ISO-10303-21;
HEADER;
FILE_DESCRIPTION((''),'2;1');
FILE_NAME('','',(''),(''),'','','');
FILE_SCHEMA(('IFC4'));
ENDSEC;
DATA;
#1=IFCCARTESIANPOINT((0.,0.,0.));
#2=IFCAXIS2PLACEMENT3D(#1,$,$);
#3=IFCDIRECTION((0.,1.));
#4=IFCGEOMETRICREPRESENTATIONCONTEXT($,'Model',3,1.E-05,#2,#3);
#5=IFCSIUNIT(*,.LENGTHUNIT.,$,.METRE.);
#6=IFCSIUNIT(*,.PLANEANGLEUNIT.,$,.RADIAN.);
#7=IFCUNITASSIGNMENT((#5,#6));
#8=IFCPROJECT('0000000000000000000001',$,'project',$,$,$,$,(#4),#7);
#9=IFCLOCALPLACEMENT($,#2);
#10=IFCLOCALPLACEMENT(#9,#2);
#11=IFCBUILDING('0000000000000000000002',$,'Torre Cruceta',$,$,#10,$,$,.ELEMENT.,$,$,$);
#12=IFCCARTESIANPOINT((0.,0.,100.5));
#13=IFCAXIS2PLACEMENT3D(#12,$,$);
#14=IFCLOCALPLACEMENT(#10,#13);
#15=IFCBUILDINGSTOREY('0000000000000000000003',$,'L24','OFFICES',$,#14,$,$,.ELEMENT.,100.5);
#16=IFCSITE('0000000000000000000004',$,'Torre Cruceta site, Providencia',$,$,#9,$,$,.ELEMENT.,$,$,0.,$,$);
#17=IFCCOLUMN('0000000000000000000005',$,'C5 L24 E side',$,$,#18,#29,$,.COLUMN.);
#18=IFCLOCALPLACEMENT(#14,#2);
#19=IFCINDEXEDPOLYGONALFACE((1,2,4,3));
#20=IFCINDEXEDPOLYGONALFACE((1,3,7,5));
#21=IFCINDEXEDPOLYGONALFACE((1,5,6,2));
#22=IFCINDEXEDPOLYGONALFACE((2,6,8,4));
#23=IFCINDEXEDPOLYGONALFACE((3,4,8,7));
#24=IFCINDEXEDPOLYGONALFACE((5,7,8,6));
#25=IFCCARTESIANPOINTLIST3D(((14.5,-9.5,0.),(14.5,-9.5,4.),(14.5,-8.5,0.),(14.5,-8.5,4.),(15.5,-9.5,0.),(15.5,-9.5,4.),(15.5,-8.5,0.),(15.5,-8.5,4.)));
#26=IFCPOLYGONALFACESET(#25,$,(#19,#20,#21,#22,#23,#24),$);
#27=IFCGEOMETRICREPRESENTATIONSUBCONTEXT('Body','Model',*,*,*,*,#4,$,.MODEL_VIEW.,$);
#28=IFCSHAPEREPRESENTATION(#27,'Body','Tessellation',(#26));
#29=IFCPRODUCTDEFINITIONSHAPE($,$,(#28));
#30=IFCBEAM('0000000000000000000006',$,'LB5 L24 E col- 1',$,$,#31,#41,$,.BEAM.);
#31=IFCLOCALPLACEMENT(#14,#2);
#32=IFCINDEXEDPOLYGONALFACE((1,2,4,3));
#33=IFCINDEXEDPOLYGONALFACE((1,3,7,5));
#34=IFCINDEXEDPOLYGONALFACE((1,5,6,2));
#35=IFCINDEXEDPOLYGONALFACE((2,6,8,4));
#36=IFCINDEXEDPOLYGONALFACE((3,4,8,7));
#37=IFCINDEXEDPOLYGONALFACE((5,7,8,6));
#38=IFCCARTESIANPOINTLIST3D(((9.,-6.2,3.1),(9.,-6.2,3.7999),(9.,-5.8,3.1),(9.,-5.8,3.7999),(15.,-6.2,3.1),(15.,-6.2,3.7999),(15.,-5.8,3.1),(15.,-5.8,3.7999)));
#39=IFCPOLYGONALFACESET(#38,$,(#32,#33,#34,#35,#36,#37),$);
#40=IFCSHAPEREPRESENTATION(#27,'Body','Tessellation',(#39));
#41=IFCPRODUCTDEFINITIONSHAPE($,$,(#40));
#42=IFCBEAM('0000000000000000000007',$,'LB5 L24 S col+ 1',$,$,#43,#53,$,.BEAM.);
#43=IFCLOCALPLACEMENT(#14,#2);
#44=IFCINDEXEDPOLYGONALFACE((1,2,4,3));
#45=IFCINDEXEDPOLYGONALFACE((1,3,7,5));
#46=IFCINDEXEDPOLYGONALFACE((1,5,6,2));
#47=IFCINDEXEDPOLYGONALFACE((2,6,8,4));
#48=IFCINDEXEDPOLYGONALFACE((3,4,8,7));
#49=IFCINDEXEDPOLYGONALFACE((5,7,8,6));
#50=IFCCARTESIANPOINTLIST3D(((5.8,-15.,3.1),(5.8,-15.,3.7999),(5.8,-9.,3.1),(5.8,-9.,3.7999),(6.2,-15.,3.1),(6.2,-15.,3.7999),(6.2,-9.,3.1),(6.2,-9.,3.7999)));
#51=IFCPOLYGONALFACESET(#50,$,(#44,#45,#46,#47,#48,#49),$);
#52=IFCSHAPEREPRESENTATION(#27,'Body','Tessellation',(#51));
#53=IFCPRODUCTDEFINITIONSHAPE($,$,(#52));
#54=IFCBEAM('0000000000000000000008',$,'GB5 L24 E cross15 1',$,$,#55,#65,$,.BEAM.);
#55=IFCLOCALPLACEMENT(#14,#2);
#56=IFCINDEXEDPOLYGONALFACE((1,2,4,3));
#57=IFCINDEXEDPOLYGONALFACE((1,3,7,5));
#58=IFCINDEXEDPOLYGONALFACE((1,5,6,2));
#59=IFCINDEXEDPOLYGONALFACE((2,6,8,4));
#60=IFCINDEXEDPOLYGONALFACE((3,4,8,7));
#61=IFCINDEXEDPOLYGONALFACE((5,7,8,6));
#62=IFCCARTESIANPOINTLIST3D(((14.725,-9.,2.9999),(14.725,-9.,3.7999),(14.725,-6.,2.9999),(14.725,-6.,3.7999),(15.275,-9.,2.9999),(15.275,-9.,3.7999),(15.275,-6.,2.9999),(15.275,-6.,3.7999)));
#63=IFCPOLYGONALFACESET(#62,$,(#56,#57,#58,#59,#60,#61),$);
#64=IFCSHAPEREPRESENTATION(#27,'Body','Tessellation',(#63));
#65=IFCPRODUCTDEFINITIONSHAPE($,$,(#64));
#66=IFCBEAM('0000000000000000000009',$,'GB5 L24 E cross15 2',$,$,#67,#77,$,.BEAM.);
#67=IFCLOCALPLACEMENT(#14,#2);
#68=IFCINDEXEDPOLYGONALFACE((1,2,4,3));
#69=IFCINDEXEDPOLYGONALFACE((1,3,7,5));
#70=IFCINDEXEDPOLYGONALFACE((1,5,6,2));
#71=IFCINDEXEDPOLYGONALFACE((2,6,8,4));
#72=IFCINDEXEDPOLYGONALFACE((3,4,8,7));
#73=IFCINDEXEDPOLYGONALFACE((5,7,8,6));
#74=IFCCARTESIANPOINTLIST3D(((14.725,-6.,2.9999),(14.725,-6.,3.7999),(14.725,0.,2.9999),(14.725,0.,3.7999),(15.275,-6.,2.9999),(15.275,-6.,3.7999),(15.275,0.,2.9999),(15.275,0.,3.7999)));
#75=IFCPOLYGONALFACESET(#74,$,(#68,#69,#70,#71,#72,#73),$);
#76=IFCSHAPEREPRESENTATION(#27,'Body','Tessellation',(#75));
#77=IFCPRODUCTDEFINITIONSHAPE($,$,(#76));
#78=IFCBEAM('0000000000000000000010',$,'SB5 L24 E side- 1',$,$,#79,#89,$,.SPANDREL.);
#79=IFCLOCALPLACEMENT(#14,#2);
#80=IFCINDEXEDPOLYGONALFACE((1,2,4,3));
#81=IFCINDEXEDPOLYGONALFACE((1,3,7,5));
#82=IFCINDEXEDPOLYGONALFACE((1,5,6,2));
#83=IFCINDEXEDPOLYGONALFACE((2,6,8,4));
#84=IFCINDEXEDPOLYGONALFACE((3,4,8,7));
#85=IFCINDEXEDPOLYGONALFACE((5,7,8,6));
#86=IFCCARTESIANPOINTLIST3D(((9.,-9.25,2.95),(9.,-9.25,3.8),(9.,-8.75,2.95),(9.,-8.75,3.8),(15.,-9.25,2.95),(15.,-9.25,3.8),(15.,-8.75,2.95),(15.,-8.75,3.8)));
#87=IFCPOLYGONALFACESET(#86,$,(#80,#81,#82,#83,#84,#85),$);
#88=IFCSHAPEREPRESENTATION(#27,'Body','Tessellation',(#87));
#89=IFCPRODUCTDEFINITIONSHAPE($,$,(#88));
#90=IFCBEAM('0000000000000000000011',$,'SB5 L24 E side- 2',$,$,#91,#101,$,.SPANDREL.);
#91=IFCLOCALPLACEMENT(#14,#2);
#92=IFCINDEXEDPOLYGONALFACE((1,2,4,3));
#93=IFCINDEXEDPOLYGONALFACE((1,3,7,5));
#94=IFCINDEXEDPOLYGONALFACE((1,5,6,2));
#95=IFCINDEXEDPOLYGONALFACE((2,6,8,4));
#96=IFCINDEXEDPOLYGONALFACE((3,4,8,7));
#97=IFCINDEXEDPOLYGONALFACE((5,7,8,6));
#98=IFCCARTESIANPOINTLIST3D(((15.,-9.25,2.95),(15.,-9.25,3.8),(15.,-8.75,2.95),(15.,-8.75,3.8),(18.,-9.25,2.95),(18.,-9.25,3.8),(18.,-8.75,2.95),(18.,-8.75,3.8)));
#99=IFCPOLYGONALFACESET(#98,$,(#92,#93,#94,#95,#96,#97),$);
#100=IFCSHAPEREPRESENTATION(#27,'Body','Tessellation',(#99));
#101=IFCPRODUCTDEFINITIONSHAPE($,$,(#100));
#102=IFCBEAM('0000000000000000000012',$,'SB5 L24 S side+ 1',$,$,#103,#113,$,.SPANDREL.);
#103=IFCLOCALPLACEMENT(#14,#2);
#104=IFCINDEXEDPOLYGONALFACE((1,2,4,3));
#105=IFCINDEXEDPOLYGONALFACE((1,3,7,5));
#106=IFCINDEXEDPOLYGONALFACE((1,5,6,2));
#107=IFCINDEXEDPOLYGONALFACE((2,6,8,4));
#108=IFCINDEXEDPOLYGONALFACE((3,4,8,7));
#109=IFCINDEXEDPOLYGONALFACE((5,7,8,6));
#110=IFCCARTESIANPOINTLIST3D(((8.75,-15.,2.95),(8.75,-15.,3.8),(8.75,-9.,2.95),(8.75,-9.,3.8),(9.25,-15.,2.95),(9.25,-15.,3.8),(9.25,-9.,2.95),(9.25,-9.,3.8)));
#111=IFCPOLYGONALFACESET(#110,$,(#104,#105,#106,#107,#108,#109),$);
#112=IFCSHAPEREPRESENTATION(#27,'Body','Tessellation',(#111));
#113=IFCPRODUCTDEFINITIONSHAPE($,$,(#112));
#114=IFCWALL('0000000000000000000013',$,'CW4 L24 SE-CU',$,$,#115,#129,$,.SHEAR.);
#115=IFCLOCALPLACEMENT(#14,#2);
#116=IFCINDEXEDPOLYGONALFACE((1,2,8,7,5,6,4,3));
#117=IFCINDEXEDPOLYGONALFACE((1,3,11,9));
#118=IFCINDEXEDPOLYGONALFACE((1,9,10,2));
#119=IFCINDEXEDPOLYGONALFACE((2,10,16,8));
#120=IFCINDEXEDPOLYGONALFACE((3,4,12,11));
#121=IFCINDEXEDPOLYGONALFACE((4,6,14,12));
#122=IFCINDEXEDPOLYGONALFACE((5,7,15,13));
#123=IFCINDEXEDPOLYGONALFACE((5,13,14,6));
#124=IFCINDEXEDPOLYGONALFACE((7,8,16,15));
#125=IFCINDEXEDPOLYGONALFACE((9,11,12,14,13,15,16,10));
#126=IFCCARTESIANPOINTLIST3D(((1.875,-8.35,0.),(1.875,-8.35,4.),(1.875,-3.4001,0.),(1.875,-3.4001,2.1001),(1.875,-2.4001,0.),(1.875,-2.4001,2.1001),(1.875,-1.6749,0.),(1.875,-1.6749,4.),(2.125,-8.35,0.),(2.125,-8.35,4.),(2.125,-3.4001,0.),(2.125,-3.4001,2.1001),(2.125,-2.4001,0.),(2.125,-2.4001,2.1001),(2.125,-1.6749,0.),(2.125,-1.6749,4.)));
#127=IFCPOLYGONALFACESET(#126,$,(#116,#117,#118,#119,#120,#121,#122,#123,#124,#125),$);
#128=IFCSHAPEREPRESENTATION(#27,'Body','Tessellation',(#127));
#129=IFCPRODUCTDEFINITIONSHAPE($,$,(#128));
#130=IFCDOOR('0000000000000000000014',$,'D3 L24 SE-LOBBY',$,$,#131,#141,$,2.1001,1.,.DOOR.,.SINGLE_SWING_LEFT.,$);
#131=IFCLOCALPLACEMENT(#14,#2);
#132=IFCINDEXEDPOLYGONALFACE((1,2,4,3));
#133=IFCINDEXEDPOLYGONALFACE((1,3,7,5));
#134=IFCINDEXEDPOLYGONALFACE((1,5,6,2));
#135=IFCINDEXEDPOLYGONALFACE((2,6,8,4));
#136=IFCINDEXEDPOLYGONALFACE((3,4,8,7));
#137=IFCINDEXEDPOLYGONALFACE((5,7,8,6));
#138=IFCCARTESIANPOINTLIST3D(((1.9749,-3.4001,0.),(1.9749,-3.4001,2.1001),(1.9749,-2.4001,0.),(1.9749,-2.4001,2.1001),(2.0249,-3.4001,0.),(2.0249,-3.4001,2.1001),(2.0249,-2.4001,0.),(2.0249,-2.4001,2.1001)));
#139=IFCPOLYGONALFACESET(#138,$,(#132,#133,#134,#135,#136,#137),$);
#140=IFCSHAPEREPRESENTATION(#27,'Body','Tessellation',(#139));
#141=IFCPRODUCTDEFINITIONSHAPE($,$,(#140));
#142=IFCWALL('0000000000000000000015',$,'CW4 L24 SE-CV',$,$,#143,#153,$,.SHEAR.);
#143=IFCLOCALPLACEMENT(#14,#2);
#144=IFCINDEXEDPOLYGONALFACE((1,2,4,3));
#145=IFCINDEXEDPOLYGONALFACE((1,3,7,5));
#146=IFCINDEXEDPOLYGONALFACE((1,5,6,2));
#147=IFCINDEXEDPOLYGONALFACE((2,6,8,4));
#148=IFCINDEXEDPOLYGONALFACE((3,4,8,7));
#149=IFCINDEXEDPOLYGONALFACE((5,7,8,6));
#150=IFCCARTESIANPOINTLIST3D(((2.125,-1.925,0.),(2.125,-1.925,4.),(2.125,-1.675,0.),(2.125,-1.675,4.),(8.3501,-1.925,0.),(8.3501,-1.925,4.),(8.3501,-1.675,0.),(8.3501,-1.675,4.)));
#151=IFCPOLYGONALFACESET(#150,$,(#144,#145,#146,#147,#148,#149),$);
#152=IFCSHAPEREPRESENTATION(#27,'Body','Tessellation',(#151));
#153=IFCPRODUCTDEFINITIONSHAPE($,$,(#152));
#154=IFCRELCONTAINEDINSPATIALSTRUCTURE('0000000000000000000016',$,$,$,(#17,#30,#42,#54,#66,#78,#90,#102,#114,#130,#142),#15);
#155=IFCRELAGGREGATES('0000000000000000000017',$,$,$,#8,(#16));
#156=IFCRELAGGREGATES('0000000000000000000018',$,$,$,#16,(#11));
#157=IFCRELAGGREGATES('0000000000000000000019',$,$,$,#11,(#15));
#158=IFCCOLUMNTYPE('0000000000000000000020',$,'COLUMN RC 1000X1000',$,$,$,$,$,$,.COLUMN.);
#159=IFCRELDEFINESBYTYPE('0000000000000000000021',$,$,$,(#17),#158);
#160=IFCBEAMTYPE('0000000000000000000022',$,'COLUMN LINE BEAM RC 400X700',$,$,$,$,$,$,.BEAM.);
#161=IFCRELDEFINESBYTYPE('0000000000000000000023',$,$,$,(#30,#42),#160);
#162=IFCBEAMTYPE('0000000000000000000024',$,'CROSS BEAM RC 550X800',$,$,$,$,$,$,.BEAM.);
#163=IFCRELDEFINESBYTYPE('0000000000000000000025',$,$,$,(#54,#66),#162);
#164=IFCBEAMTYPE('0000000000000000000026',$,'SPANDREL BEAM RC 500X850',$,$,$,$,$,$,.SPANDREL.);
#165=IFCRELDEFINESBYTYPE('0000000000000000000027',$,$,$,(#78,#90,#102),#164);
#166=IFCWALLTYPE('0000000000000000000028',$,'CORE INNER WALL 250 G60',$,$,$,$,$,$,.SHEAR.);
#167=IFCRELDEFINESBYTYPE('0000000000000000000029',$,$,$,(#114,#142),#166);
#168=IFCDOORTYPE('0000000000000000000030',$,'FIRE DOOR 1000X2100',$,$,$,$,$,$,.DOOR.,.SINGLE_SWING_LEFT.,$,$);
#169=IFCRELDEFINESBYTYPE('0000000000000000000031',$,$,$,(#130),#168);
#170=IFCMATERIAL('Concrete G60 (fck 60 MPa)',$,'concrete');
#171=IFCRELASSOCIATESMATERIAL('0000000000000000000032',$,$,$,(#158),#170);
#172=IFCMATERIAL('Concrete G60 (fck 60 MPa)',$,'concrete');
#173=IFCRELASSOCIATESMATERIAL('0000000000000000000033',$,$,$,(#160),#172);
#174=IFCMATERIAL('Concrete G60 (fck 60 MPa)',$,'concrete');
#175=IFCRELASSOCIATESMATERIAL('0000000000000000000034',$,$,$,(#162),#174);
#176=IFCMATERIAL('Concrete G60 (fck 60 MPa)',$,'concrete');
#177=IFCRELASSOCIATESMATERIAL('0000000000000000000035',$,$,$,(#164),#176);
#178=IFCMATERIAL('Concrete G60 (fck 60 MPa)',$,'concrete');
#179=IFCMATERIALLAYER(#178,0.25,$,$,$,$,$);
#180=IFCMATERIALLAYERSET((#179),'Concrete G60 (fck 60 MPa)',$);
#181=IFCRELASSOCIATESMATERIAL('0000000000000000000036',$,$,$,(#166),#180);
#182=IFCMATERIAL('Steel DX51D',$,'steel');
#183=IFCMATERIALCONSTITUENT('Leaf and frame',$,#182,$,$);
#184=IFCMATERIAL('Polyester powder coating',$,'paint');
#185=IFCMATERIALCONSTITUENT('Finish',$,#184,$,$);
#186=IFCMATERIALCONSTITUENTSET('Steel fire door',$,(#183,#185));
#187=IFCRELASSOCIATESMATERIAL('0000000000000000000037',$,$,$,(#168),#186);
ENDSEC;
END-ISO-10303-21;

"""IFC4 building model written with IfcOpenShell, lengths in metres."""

from ifc_helpers import new_model, si_unit, direction, frame, frame_2d, origin, origin_2d, place, context, subcontext, project, spatial, rectangle, extrude, material, layer, layer_set, constituent, constituent_set, material_profile, profile_set, type_object, element, fill, save


model = new_model("IFC4")

# Units and contexts
model_context = context("Model", 3, precision=1e-05, world=origin(), true_north=direction((0.0, 1.0)))
body_context = subcontext(model_context, "Body", "Model", "MODEL_VIEW")
ifc_project = project(units=[si_unit("LENGTHUNIT", "METRE"), si_unit("PLANEANGLEUNIT", "RADIAN")], contexts=[model_context])

# Site, building, storey
site_placement = place(None, origin())
site = spatial("IfcSite", under=ifc_project, at=site_placement, Name="Torre Cruceta site, Providencia", CompositionType="ELEMENT", RefElevation=0.0)
building_placement = place(site_placement, origin())
building = spatial("IfcBuilding", under=site, at=building_placement, Name="Torre Cruceta", CompositionType="ELEMENT")
storey_placement = place(building_placement, frame((0.0, 0.0, 100.5)))
storey = spatial("IfcBuildingStorey", under=building, at=storey_placement, Name="L24", Description="OFFICES", CompositionType="ELEMENT", Elevation=100.5)

# Column
ifc_material_1 = material(Name="Concrete G60 (fck 60 MPa)", Category="concrete")
ifc_material_profile_1 = material_profile(ifc_material_1, rectangle(XDim=1.0, YDim=1.0, at=origin_2d()), Name="RC 1000X1000")
ifc_profile_set_1 = profile_set([ifc_material_profile_1], Name="Concrete G60 (fck 60 MPa)")
column_type = type_object("IfcColumnType", Name="COLUMN RC 1000X1000", PredefinedType="COLUMN", material=ifc_profile_set_1)
column_placement = place(storey_placement, frame((15.0, -9.0, 0.0), z_axis=(0.0, 0.0, 1.0), x_axis=(1.0, 0.0, 0.0)))
element("IfcColumn", 1, at=column_placement, inside=storey, type_object=column_type, Name="C5 L24 E side", PredefinedType="COLUMN", context=body_context, shape_type="SweptSolid", body=[
    extrude(rectangle(XDim=1.0, YDim=1.0, at=origin_2d()), origin(), (0.0, 0.0, 1.0), 4.0),
])

# Beams
ifc_material_2 = material(Name="Concrete G60 (fck 60 MPa)", Category="concrete")
ifc_material_profile_2 = material_profile(ifc_material_2, rectangle(XDim=0.3999, YDim=0.7, at=origin_2d()), Name="RC 400X700")
ifc_profile_set_2 = profile_set([ifc_material_profile_2], Name="Concrete G60 (fck 60 MPa)")
beam_type_1 = type_object("IfcBeamType", Name="COLUMN LINE BEAM RC 400X700", PredefinedType="BEAM", material=ifc_profile_set_2)
for number, where, z_axis, x_axis, name in (
    (2, (9.0, -6.0, 3.45), (1.0, 0.0, 0.0), (0.0, 1.0, 0.0), "LB5 L24 E col- 1"),
    (3, (6.0, -9.0, 3.45), (0.0, -1.0, 0.0), (1.0, 0.0, 0.0), "LB5 L24 S col+ 1"),
):
    element("IfcBeam", number, at=place(storey_placement, frame(where, z_axis=z_axis, x_axis=x_axis)), inside=storey, type_object=beam_type_1, Name=name, PredefinedType="BEAM", context=body_context, shape_type="SweptSolid", body=[
        extrude(rectangle(XDim=0.3999, YDim=0.7, at=origin_2d()), origin(), (0.0, 0.0, 1.0), 6.0),
    ])
ifc_material_3 = material(Name="Concrete G60 (fck 60 MPa)", Category="concrete")
ifc_material_profile_3 = material_profile(ifc_material_3, rectangle(XDim=0.55, YDim=0.8, at=origin_2d()), Name="RC 550X800")
ifc_profile_set_3 = profile_set([ifc_material_profile_3], Name="Concrete G60 (fck 60 MPa)")
beam_type_2 = type_object("IfcBeamType", Name="CROSS BEAM RC 550X800", PredefinedType="BEAM", material=ifc_profile_set_3)
beam_1_placement = place(storey_placement, frame((15.0, -9.0, 3.3999), z_axis=(0.0, 1.0, 0.0), x_axis=(-1.0, 0.0, 0.0)))
element("IfcBeam", 4, at=beam_1_placement, inside=storey, type_object=beam_type_2, Name="GB5 L24 E cross15 1", PredefinedType="BEAM", context=body_context, shape_type="SweptSolid", body=[
    extrude(rectangle(XDim=0.55, YDim=0.8, at=origin_2d()), origin(), (0.0, 0.0, 1.0), 3.0),
])
beam_2_placement = place(storey_placement, frame((15.0, -6.0, 3.3999), z_axis=(0.0, 1.0, 0.0), x_axis=(-1.0, 0.0, 0.0)))
element("IfcBeam", 5, at=beam_2_placement, inside=storey, type_object=beam_type_2, Name="GB5 L24 E cross15 2", PredefinedType="BEAM", context=body_context, shape_type="SweptSolid", body=[
    extrude(rectangle(XDim=0.55, YDim=0.8, at=origin_2d()), origin(), (0.0, 0.0, 1.0), 6.0),
])
ifc_material_4 = material(Name="Concrete G60 (fck 60 MPa)", Category="concrete")
ifc_material_profile_4 = material_profile(ifc_material_4, rectangle(XDim=0.5, YDim=0.8501, at=origin_2d()), Name="RC 500X850")
ifc_profile_set_4 = profile_set([ifc_material_profile_4], Name="Concrete G60 (fck 60 MPa)")
beam_type_3 = type_object("IfcBeamType", Name="SPANDREL BEAM RC 500X850", PredefinedType="SPANDREL", material=ifc_profile_set_4)
beam_3_placement = place(storey_placement, frame((9.0, -9.0, 3.375), z_axis=(1.0, 0.0, 0.0), x_axis=(0.0, 1.0, 0.0)))
element("IfcBeam", 6, at=beam_3_placement, inside=storey, type_object=beam_type_3, Name="SB5 L24 E side- 1", PredefinedType="SPANDREL", context=body_context, shape_type="SweptSolid", body=[
    extrude(rectangle(XDim=0.5, YDim=0.8501, at=origin_2d()), origin(), (0.0, 0.0, 1.0), 6.0),
])
beam_4_placement = place(storey_placement, frame((15.0, -9.0, 3.375), z_axis=(1.0, 0.0, 0.0), x_axis=(0.0, 1.0, 0.0)))
element("IfcBeam", 7, at=beam_4_placement, inside=storey, type_object=beam_type_3, Name="SB5 L24 E side- 2", PredefinedType="SPANDREL", context=body_context, shape_type="SweptSolid", body=[
    extrude(rectangle(XDim=0.5, YDim=0.8501, at=origin_2d()), origin(), (0.0, 0.0, 1.0), 3.0),
])
beam_5_placement = place(storey_placement, frame((9.0, -9.0, 3.375), z_axis=(0.0, -1.0, 0.0), x_axis=(1.0, 0.0, 0.0)))
element("IfcBeam", 8, at=beam_5_placement, inside=storey, type_object=beam_type_3, Name="SB5 L24 S side+ 1", PredefinedType="SPANDREL", context=body_context, shape_type="SweptSolid", body=[
    extrude(rectangle(XDim=0.5, YDim=0.8501, at=origin_2d()), origin(), (0.0, 0.0, 1.0), 6.0),
])

# Wall, opening, door
ifc_material_5 = material(Name="Concrete G60 (fck 60 MPa)", Category="concrete")
ifc_layer_1 = layer(ifc_material_5, 0.25)
ifc_layer_set_1 = layer_set([ifc_layer_1], Name="Concrete G60 (fck 60 MPa)")
wall_type_1 = type_object("IfcWallType", Name="CORE INNER WALL 250 G60", PredefinedType="SHEAR", material=ifc_layer_set_1)
wall_1_placement = place(storey_placement, frame((2.0, -1.675, 0.0), z_axis=(0.0, 0.0, 1.0), x_axis=(0.0, -1.0, 0.0)))
wall_1 = element("IfcWall", 9, at=wall_1_placement, inside=storey, type_object=wall_type_1, Name="CW4 L24 SE-CU", PredefinedType="SHEAR", context=body_context, shape_type="SweptSolid", body=[
    extrude(rectangle(XDim=6.675, YDim=0.25, at=frame_2d((3.3374, 0.0))), origin(), (0.0, 0.0, 1.0), 4.0),
])
opening_1_placement = place(wall_1_placement, frame((0.7251, 0.0, 0.0)))
opening_1 = element("IfcOpeningElement", 10, at=opening_1_placement, cuts=wall_1, PredefinedType="OPENING", context=body_context, shape_type="SweptSolid", body=[
    extrude(rectangle(XDim=1.0, YDim=2.1001, at=frame_2d((0.5, 1.05))), frame((0.0, 0.135, 0.0), z_axis=(0.0, -1.0, 0.0), x_axis=(1.0, 0.0, 0.0)), (0.0, 0.0, 1.0), 0.27),
])
ifc_material_6 = material(Name="Steel DX51D", Category="steel")
ifc_constituent_1 = constituent(ifc_material_6, Name="Leaf and frame")
ifc_material_7 = material(Name="Polyester powder coating", Category="paint")
ifc_constituent_2 = constituent(ifc_material_7, Name="Finish")
ifc_constituent_set_1 = constituent_set(constituents=[ifc_constituent_1, ifc_constituent_2], Name="Steel fire door")
door_type_1 = type_object("IfcDoorType", Name="FIRE DOOR 1000X2100", OperationType="SINGLE_SWING_LEFT", PredefinedType="DOOR", material=ifc_constituent_set_1)
door_1_placement = place(opening_1_placement, origin())
door_1 = element("IfcDoor", 11, at=door_1_placement, inside=storey, type_object=door_type_1, Name="D3 L24 SE-LOBBY", OperationType="SINGLE_SWING_LEFT", OverallHeight=2.1001, OverallWidth=1.0, PredefinedType="DOOR", context=body_context, shape_type="SweptSolid", body=[
    extrude(rectangle(XDim=1.0, YDim=2.1001, at=frame_2d((0.5, 1.05))), frame((0.0, 0.0249, 0.0), z_axis=(0.0, -1.0, 0.0), x_axis=(1.0, 0.0, 0.0)), (0.0, 0.0, 1.0), 0.05),
])
fill(opening_1, door_1)

# Wall
wall_2_placement = place(storey_placement, frame((2.125, -1.8, 0.0), z_axis=(0.0, 0.0, 1.0), x_axis=(1.0, 0.0, 0.0)))
element("IfcWall", 12, at=wall_2_placement, inside=storey, type_object=wall_type_1, Name="CW4 L24 SE-CV", PredefinedType="SHEAR", context=body_context, shape_type="SweptSolid", body=[
    extrude(rectangle(XDim=6.2251, YDim=0.25, at=frame_2d((3.1125, 0.0))), origin(), (0.0, 0.0, 1.0), 4.0),
])

save(model, "model.ifc")
